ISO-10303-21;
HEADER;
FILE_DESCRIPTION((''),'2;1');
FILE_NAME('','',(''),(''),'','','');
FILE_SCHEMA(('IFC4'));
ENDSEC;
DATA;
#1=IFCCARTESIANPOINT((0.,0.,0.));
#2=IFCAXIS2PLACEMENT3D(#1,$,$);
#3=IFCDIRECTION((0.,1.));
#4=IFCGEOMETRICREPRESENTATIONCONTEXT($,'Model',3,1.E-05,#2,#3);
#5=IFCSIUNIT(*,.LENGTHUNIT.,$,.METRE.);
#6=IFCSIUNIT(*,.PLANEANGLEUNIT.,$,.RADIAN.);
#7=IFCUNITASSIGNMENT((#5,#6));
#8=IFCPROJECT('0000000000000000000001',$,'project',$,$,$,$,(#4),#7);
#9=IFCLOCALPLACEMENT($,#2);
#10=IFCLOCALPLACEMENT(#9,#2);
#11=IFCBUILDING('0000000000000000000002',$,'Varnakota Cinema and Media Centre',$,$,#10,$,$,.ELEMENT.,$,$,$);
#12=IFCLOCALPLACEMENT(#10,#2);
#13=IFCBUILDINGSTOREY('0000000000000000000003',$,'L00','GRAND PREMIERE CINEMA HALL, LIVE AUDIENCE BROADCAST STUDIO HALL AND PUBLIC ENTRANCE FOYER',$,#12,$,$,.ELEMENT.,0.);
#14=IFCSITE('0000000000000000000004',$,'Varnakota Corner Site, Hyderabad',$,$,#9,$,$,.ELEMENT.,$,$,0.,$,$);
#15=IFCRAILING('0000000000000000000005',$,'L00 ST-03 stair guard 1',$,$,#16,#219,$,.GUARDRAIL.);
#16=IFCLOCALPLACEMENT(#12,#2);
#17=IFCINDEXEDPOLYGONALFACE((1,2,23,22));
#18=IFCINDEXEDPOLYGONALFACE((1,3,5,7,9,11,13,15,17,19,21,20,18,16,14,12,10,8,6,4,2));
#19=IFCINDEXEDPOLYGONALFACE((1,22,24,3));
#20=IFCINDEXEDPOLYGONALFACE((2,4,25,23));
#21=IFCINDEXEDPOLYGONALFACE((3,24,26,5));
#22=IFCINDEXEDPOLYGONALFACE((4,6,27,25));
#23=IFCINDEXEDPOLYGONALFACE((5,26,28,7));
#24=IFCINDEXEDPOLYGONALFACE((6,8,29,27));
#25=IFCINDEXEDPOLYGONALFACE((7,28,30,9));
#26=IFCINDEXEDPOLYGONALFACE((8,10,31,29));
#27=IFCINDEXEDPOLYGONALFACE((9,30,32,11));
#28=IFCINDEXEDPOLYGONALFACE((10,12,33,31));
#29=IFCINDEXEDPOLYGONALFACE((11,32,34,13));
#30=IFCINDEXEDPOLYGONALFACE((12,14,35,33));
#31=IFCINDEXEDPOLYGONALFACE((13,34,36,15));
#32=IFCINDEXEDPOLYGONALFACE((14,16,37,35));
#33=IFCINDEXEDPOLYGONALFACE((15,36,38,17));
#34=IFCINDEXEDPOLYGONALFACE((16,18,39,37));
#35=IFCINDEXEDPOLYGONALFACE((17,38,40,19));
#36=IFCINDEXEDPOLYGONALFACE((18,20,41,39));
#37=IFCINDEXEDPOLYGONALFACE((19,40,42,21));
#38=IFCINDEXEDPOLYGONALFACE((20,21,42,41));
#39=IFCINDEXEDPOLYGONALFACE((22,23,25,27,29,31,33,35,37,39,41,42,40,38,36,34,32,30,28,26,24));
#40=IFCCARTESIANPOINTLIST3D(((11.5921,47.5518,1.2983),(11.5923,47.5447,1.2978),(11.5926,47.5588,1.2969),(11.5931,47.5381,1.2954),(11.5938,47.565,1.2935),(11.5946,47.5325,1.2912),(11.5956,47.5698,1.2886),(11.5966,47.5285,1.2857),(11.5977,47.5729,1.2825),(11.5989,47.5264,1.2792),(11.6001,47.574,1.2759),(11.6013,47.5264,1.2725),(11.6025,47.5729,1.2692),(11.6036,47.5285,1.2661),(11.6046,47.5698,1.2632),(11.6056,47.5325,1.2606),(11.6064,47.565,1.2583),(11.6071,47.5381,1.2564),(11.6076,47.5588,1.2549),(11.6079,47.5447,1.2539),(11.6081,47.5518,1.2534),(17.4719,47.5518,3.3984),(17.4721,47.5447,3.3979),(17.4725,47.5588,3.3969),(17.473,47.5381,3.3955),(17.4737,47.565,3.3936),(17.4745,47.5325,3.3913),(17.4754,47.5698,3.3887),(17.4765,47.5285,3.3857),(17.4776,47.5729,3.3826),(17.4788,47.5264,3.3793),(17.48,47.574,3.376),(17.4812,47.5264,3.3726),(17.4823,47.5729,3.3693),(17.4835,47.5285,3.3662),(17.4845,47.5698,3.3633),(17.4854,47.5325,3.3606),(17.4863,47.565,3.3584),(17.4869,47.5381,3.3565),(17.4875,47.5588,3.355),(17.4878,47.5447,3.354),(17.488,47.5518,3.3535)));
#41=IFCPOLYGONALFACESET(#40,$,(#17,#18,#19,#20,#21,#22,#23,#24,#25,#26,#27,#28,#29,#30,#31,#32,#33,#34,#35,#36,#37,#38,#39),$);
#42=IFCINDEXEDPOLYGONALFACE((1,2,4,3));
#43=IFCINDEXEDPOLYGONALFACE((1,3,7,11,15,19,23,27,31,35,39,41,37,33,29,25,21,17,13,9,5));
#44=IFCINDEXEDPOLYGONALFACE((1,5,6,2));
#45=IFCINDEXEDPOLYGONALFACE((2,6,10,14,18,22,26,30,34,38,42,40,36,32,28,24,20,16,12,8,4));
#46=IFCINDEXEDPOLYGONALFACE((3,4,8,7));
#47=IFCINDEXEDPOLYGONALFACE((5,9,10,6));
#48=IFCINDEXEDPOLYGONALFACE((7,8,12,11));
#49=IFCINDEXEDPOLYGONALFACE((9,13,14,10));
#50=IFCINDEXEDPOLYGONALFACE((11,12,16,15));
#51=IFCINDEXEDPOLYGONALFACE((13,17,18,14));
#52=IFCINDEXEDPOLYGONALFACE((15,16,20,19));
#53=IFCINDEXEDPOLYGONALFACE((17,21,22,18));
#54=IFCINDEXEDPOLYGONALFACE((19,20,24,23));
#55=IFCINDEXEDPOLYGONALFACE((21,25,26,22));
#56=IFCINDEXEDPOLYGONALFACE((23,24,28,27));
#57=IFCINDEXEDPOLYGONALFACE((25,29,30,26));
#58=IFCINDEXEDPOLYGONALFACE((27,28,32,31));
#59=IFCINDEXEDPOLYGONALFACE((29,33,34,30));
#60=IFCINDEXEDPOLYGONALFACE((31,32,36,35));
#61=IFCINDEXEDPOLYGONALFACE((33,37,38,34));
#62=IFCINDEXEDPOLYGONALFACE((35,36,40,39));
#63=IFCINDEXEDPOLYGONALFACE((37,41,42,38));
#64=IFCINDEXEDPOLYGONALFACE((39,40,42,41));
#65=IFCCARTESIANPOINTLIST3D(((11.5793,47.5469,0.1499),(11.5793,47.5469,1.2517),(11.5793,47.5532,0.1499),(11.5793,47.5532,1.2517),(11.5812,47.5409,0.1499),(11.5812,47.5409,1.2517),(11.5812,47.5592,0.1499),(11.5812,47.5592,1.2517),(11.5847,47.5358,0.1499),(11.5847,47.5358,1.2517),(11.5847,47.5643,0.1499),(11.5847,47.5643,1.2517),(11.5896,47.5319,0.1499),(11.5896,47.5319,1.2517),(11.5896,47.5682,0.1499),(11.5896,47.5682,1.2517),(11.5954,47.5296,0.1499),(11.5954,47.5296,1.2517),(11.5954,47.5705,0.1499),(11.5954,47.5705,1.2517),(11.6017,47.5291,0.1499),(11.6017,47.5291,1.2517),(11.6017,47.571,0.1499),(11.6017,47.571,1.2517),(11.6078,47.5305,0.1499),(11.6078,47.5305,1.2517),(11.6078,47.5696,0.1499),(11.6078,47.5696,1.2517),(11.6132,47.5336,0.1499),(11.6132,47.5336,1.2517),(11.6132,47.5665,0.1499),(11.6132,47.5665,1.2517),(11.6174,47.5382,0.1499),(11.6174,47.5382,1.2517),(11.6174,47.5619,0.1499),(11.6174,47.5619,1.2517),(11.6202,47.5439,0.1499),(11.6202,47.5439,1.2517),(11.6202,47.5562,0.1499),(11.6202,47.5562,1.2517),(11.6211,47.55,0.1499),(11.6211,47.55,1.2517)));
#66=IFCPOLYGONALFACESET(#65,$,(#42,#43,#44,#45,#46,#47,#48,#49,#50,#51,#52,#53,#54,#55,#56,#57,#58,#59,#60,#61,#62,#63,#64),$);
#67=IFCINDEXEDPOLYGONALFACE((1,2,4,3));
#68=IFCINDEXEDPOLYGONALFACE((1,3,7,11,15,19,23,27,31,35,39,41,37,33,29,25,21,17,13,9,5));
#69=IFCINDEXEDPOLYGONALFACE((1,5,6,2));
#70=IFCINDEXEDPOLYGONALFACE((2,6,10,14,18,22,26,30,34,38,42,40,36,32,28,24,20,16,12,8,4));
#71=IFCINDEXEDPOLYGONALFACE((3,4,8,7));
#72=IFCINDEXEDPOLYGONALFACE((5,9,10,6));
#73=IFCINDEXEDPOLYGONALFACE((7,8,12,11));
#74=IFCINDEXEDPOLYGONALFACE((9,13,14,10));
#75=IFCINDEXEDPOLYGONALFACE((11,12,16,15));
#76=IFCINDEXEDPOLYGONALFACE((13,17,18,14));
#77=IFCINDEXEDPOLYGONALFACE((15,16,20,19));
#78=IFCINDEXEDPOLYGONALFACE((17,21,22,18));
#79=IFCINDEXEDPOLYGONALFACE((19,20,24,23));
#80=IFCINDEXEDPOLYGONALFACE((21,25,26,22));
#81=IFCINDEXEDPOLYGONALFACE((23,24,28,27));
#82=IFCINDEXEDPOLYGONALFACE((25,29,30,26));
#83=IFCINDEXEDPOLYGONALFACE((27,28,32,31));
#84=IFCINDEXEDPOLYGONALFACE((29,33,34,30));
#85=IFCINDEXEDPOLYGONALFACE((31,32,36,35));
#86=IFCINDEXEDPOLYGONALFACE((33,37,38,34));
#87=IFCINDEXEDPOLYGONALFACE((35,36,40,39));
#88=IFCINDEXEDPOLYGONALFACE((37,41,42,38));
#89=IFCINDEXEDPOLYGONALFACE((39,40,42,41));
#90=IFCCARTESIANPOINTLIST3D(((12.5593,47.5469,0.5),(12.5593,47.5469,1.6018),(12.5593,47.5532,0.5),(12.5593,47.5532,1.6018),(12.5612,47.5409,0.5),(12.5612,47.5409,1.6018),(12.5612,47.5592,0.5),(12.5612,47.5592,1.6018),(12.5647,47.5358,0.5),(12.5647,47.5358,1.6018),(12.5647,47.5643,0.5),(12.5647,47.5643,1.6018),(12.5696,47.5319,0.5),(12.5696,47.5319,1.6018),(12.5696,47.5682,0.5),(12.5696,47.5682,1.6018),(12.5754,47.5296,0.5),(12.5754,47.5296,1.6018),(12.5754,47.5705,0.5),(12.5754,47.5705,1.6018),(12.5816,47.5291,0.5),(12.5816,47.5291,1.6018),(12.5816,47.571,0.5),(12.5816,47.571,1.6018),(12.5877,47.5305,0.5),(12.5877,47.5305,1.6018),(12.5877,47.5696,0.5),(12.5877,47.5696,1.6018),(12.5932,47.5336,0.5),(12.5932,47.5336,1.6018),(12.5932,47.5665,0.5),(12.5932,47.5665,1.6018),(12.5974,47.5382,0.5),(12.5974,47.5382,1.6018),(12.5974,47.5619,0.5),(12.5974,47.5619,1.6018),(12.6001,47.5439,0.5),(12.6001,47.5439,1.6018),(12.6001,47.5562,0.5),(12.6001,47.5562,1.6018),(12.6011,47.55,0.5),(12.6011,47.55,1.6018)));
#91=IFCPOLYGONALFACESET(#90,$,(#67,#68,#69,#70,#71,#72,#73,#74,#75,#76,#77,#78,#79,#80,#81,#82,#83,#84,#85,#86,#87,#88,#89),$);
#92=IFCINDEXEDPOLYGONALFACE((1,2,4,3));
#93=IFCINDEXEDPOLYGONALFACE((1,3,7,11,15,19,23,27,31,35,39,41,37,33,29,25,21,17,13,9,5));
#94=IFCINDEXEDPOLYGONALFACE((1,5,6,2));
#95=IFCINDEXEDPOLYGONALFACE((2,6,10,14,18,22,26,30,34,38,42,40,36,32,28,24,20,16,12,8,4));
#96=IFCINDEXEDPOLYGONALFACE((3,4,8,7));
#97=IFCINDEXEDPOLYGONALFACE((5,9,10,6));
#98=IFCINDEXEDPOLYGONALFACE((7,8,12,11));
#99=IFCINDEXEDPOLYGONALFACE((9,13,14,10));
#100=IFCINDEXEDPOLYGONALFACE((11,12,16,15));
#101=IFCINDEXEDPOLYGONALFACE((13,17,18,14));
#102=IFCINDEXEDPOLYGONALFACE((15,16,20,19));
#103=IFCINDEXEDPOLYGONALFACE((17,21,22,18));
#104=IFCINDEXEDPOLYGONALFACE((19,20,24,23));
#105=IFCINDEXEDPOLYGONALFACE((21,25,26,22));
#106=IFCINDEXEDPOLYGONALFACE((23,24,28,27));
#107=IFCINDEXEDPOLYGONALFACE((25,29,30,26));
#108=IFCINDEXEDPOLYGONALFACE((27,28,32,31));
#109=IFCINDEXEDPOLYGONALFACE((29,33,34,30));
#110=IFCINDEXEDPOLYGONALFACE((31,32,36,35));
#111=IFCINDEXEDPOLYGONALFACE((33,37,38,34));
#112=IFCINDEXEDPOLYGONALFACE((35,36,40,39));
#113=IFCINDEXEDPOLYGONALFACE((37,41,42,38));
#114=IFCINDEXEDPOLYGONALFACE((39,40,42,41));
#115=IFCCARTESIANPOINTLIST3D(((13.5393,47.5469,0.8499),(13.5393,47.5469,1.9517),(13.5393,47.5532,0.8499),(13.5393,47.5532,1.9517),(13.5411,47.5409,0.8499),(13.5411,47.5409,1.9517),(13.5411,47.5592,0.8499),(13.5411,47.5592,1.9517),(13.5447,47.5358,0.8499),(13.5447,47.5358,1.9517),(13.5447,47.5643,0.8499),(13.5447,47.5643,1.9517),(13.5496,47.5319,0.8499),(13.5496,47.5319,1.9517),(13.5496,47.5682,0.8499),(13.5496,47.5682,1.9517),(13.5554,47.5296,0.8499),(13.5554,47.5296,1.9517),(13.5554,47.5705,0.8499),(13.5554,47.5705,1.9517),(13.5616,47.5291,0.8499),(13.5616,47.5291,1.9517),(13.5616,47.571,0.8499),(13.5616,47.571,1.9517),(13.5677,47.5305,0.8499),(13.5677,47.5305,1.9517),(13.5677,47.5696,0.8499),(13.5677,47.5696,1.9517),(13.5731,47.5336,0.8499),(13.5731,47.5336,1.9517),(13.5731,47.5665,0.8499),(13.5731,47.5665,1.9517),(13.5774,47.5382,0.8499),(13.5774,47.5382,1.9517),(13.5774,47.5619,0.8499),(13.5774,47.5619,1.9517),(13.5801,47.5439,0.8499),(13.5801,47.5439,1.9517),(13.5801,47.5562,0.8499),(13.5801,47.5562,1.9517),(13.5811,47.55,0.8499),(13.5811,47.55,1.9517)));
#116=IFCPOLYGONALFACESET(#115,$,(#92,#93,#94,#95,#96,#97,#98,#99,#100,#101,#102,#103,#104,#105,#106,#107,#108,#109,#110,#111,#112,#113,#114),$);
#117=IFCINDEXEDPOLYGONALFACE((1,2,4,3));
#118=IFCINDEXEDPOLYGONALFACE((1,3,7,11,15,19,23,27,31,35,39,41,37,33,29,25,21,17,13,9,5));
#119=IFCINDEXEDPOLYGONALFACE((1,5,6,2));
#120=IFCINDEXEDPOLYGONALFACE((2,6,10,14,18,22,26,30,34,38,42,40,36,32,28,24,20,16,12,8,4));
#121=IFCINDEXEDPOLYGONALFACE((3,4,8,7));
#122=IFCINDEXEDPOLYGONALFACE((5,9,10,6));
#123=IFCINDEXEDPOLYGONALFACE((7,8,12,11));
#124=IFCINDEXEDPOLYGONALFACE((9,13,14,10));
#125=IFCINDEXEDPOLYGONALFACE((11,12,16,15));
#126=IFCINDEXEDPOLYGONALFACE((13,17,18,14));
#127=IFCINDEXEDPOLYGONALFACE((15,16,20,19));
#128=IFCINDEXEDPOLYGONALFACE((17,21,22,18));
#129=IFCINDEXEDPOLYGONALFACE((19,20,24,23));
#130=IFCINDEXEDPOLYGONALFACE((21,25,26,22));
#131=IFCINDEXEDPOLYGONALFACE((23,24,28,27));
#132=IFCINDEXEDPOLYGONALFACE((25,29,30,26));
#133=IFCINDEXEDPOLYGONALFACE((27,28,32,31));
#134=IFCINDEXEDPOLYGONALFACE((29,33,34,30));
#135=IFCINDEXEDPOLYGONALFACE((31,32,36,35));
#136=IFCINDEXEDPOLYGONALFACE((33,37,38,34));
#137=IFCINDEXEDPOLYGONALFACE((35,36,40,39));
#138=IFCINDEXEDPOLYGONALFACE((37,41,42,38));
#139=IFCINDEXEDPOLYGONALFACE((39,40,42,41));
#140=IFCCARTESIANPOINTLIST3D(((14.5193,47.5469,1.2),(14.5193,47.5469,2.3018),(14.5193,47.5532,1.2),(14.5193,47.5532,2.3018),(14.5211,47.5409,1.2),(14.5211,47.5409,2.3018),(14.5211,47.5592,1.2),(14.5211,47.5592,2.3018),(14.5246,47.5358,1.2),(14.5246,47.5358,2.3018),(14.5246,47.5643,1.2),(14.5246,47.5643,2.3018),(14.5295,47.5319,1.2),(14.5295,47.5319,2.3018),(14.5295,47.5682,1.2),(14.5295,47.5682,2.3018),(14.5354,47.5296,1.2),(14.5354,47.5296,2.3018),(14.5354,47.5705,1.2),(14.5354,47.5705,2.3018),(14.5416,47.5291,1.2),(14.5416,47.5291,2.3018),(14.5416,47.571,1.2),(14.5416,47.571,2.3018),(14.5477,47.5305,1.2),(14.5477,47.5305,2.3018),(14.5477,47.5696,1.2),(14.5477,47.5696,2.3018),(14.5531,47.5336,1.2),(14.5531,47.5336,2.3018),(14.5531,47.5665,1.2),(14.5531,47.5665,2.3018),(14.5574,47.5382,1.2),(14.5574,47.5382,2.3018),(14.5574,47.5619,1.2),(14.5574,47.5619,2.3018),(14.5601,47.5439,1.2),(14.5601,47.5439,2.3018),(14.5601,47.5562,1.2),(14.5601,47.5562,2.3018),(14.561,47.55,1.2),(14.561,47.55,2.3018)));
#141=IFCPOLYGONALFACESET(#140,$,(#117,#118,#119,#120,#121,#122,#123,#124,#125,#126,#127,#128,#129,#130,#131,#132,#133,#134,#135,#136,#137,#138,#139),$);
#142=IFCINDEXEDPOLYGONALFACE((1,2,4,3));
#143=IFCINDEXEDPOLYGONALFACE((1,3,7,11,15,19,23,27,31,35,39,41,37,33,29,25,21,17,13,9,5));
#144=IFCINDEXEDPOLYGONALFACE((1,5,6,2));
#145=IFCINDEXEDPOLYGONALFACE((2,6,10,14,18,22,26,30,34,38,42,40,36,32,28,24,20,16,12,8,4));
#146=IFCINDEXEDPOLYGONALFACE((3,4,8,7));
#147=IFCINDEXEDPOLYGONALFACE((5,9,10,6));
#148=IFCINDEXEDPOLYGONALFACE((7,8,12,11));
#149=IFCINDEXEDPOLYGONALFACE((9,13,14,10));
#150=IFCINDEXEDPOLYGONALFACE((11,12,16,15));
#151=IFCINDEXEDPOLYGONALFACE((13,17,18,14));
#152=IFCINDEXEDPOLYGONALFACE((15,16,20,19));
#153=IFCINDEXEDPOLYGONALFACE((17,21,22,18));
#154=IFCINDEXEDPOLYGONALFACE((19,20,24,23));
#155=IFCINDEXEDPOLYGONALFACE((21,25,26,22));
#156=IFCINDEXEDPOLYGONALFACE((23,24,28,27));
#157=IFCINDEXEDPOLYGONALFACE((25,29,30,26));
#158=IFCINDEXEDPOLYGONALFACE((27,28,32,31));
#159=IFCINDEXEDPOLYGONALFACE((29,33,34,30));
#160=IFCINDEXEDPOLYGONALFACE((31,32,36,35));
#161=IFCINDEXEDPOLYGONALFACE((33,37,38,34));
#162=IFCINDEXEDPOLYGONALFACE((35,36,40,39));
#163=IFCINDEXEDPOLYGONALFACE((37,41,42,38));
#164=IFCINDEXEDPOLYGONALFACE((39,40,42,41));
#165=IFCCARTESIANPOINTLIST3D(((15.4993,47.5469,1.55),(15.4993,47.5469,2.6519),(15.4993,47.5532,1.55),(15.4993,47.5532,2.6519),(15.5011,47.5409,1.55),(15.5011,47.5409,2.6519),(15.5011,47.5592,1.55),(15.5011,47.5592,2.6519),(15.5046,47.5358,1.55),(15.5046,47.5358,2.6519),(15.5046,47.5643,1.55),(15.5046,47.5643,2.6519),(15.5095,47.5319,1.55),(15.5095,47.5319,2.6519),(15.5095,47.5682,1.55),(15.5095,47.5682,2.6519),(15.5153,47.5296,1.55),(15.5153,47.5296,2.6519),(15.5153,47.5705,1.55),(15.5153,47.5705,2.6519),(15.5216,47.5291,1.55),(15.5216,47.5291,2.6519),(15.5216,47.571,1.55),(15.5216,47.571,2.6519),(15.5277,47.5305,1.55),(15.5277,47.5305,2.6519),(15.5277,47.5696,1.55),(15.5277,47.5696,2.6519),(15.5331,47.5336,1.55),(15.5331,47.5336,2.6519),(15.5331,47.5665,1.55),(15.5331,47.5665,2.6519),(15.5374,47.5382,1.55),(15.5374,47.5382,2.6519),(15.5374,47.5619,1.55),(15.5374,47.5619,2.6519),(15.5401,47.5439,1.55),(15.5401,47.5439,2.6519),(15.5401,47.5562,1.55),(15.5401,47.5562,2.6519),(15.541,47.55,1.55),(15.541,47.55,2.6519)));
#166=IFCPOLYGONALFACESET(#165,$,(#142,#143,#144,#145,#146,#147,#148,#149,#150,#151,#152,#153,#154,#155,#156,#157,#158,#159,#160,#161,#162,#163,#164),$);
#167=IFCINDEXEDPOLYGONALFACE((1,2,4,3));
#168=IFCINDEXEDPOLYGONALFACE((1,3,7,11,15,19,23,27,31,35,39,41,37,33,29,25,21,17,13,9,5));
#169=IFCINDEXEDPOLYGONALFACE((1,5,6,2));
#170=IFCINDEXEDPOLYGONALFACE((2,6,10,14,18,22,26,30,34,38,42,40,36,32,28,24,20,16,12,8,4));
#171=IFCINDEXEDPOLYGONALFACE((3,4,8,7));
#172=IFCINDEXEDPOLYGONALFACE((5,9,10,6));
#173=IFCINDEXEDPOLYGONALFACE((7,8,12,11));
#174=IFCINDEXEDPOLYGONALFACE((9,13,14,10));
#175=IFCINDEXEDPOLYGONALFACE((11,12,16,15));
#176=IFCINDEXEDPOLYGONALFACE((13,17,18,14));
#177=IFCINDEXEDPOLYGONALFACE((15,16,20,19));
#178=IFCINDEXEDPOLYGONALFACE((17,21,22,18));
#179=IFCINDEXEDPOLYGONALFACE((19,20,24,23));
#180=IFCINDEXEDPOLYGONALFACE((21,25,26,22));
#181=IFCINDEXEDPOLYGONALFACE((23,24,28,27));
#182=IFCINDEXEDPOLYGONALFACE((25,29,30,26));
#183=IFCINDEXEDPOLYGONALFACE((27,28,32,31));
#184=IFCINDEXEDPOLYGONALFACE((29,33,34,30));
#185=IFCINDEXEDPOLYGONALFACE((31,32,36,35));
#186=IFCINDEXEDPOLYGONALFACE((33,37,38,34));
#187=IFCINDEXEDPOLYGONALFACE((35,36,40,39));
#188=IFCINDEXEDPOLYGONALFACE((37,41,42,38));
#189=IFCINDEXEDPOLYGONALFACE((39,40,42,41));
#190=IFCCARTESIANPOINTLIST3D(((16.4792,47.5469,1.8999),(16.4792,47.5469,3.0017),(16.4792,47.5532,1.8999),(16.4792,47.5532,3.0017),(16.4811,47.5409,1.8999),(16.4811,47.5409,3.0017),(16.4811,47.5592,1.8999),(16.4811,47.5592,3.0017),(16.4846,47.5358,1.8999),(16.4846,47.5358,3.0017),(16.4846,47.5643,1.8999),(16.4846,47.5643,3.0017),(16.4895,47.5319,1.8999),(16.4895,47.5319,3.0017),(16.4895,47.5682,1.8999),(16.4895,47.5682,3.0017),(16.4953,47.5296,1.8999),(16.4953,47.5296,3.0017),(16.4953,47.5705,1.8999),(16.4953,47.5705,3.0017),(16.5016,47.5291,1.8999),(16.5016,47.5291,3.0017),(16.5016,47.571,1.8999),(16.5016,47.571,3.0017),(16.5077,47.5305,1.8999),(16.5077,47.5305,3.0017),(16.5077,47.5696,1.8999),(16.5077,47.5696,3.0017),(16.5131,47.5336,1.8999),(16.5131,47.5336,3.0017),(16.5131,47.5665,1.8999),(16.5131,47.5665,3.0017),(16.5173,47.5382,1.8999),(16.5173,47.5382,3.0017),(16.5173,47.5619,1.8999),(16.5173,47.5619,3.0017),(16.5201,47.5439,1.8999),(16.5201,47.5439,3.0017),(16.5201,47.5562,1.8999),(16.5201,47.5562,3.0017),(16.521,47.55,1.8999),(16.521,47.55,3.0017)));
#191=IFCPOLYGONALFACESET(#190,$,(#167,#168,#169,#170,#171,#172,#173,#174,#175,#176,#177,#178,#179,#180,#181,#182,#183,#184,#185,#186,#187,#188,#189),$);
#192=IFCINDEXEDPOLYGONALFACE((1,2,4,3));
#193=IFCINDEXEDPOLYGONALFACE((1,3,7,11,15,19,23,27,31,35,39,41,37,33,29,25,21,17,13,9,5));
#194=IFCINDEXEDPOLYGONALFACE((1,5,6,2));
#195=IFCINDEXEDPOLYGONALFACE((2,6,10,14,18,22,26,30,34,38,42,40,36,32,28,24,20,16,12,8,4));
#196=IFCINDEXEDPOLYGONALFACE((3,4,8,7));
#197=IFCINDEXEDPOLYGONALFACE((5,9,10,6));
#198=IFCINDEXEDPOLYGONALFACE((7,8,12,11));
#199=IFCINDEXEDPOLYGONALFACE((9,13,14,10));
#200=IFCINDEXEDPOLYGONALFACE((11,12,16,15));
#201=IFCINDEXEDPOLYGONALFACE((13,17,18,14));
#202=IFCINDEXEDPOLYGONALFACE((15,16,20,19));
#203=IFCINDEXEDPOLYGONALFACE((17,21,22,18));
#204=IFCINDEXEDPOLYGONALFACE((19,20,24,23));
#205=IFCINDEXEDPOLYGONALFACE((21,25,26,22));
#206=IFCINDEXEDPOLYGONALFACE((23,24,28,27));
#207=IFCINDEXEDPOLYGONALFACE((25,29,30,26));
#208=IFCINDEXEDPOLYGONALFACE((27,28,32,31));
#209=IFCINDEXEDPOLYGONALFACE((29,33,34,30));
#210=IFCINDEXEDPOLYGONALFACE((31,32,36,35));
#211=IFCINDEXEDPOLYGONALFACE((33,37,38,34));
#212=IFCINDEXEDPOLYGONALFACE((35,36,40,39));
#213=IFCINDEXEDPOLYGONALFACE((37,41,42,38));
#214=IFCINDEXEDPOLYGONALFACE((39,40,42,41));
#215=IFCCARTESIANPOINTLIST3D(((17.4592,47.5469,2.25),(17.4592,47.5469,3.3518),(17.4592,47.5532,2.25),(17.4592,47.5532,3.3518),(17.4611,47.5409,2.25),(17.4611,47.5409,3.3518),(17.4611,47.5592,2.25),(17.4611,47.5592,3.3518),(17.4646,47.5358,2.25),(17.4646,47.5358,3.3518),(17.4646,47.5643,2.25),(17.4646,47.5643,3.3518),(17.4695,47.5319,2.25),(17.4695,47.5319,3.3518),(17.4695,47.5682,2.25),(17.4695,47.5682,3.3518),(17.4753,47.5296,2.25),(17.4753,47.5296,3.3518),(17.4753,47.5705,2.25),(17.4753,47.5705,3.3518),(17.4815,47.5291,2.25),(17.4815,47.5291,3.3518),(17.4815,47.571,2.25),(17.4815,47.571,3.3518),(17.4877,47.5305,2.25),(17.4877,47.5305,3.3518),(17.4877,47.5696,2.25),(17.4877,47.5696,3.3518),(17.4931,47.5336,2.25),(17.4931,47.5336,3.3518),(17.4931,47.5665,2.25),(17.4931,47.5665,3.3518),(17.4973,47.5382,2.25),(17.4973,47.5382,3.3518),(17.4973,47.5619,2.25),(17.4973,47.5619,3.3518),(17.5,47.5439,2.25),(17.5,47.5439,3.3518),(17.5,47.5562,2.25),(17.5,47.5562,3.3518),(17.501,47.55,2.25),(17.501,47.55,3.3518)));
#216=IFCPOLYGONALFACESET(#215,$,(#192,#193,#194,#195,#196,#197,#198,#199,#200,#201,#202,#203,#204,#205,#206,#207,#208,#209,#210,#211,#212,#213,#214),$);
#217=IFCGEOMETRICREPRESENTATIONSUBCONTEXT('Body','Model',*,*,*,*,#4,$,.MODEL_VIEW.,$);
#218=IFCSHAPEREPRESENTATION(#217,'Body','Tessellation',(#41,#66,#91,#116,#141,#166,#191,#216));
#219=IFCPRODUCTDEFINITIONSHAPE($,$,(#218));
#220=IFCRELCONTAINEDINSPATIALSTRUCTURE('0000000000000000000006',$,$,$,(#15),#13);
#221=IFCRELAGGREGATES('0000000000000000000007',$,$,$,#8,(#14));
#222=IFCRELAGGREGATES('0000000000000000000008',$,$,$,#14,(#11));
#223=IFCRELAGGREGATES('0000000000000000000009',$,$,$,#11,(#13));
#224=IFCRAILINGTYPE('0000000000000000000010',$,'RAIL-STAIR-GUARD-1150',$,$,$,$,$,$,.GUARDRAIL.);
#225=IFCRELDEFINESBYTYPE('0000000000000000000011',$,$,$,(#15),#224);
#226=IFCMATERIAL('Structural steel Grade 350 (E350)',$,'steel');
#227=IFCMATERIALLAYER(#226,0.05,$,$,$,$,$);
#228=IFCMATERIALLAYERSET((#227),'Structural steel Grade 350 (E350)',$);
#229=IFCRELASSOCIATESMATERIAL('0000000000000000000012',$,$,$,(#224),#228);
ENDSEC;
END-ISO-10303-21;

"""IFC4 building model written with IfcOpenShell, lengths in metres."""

from ifc_helpers import new_model, si_unit, direction, frame, origin, origin_2d, place, context, subcontext, project, spatial, circle, extrude, material, layer, layer_set, type_object, element, save


model = new_model("IFC4")

# Units and contexts
model_context = context("Model", 3, precision=1e-05, world=origin(), true_north=direction((0.0, 1.0)))
body_context = subcontext(model_context, "Body", "Model", "MODEL_VIEW")
ifc_project = project(units=[si_unit("LENGTHUNIT", "METRE"), si_unit("PLANEANGLEUNIT", "RADIAN")], contexts=[model_context])

# Site, building, storey
site_placement = place(None, origin())
site = spatial("IfcSite", under=ifc_project, at=site_placement, Name="Varnakota Corner Site, Hyderabad", CompositionType="ELEMENT", RefElevation=0.0)
building_placement = place(site_placement, origin())
building = spatial("IfcBuilding", under=site, at=building_placement, Name="Varnakota Cinema and Media Centre", CompositionType="ELEMENT")
storey_placement = place(building_placement, origin())
storey = spatial("IfcBuildingStorey", under=building, at=storey_placement, Name="L00", Description="GRAND PREMIERE CINEMA HALL, LIVE AUDIENCE BROADCAST STUDIO HALL AND PUBLIC ENTRANCE FOYER", CompositionType="ELEMENT", Elevation=0.0)

# Railing
ifc_material_1 = material(Name="Structural steel Grade 350 (E350)", Category="steel")
ifc_layer_1 = layer(ifc_material_1, 0.05)
ifc_layer_set_1 = layer_set([ifc_layer_1], Name="Structural steel Grade 350 (E350)")
railing_type_1 = type_object("IfcRailingType", Name="RAIL-STAIR-GUARD-1150", PredefinedType="GUARDRAIL", material=ifc_layer_set_1)
railing_1_placement = place(storey_placement, frame((11.6001, 47.55, 0.1499)))
element("IfcRailing", 1, at=railing_1_placement, inside=storey, type_object=railing_type_1, Name="L00 ST-03 stair guard 1", PredefinedType="GUARDRAIL", context=body_context, shape_type="SweptSolid", body=[
    extrude(circle(Radius=0.0239, at=origin_2d()), frame((0.0, 0.0, 1.126), z_axis=(0.941735, 0.0, 0.336356), x_axis=(0.0, 1.0, 0.0)), (0.0, 0.0, 1.0), 6.2437),
    extrude(circle(Radius=0.021, at=origin_2d()), origin(), (0.0, 0.0, 1.0), 1.1018),
    extrude(circle(Radius=0.021, at=origin_2d()), frame((0.98, 0.0, 0.3501)), (0.0, 0.0, 1.0), 1.1018),
    extrude(circle(Radius=0.021, at=origin_2d()), frame((1.96, 0.0, 0.7)), (0.0, 0.0, 1.0), 1.1018),
    extrude(circle(Radius=0.021, at=origin_2d()), frame((2.9399, 0.0, 1.05)), (0.0, 0.0, 1.0), 1.1018),
    extrude(circle(Radius=0.021, at=origin_2d()), frame((3.9199, 0.0, 1.4001)), (0.0, 0.0, 1.0), 1.1018),
    extrude(circle(Radius=0.021, at=origin_2d()), frame((4.8999, 0.0, 1.75)), (0.0, 0.0, 1.0), 1.1018),
    extrude(circle(Radius=0.021, at=origin_2d()), frame((5.8799, 0.0, 2.1001)), (0.0, 0.0, 1.0), 1.1018),
])

save(model, "model.ifc")
